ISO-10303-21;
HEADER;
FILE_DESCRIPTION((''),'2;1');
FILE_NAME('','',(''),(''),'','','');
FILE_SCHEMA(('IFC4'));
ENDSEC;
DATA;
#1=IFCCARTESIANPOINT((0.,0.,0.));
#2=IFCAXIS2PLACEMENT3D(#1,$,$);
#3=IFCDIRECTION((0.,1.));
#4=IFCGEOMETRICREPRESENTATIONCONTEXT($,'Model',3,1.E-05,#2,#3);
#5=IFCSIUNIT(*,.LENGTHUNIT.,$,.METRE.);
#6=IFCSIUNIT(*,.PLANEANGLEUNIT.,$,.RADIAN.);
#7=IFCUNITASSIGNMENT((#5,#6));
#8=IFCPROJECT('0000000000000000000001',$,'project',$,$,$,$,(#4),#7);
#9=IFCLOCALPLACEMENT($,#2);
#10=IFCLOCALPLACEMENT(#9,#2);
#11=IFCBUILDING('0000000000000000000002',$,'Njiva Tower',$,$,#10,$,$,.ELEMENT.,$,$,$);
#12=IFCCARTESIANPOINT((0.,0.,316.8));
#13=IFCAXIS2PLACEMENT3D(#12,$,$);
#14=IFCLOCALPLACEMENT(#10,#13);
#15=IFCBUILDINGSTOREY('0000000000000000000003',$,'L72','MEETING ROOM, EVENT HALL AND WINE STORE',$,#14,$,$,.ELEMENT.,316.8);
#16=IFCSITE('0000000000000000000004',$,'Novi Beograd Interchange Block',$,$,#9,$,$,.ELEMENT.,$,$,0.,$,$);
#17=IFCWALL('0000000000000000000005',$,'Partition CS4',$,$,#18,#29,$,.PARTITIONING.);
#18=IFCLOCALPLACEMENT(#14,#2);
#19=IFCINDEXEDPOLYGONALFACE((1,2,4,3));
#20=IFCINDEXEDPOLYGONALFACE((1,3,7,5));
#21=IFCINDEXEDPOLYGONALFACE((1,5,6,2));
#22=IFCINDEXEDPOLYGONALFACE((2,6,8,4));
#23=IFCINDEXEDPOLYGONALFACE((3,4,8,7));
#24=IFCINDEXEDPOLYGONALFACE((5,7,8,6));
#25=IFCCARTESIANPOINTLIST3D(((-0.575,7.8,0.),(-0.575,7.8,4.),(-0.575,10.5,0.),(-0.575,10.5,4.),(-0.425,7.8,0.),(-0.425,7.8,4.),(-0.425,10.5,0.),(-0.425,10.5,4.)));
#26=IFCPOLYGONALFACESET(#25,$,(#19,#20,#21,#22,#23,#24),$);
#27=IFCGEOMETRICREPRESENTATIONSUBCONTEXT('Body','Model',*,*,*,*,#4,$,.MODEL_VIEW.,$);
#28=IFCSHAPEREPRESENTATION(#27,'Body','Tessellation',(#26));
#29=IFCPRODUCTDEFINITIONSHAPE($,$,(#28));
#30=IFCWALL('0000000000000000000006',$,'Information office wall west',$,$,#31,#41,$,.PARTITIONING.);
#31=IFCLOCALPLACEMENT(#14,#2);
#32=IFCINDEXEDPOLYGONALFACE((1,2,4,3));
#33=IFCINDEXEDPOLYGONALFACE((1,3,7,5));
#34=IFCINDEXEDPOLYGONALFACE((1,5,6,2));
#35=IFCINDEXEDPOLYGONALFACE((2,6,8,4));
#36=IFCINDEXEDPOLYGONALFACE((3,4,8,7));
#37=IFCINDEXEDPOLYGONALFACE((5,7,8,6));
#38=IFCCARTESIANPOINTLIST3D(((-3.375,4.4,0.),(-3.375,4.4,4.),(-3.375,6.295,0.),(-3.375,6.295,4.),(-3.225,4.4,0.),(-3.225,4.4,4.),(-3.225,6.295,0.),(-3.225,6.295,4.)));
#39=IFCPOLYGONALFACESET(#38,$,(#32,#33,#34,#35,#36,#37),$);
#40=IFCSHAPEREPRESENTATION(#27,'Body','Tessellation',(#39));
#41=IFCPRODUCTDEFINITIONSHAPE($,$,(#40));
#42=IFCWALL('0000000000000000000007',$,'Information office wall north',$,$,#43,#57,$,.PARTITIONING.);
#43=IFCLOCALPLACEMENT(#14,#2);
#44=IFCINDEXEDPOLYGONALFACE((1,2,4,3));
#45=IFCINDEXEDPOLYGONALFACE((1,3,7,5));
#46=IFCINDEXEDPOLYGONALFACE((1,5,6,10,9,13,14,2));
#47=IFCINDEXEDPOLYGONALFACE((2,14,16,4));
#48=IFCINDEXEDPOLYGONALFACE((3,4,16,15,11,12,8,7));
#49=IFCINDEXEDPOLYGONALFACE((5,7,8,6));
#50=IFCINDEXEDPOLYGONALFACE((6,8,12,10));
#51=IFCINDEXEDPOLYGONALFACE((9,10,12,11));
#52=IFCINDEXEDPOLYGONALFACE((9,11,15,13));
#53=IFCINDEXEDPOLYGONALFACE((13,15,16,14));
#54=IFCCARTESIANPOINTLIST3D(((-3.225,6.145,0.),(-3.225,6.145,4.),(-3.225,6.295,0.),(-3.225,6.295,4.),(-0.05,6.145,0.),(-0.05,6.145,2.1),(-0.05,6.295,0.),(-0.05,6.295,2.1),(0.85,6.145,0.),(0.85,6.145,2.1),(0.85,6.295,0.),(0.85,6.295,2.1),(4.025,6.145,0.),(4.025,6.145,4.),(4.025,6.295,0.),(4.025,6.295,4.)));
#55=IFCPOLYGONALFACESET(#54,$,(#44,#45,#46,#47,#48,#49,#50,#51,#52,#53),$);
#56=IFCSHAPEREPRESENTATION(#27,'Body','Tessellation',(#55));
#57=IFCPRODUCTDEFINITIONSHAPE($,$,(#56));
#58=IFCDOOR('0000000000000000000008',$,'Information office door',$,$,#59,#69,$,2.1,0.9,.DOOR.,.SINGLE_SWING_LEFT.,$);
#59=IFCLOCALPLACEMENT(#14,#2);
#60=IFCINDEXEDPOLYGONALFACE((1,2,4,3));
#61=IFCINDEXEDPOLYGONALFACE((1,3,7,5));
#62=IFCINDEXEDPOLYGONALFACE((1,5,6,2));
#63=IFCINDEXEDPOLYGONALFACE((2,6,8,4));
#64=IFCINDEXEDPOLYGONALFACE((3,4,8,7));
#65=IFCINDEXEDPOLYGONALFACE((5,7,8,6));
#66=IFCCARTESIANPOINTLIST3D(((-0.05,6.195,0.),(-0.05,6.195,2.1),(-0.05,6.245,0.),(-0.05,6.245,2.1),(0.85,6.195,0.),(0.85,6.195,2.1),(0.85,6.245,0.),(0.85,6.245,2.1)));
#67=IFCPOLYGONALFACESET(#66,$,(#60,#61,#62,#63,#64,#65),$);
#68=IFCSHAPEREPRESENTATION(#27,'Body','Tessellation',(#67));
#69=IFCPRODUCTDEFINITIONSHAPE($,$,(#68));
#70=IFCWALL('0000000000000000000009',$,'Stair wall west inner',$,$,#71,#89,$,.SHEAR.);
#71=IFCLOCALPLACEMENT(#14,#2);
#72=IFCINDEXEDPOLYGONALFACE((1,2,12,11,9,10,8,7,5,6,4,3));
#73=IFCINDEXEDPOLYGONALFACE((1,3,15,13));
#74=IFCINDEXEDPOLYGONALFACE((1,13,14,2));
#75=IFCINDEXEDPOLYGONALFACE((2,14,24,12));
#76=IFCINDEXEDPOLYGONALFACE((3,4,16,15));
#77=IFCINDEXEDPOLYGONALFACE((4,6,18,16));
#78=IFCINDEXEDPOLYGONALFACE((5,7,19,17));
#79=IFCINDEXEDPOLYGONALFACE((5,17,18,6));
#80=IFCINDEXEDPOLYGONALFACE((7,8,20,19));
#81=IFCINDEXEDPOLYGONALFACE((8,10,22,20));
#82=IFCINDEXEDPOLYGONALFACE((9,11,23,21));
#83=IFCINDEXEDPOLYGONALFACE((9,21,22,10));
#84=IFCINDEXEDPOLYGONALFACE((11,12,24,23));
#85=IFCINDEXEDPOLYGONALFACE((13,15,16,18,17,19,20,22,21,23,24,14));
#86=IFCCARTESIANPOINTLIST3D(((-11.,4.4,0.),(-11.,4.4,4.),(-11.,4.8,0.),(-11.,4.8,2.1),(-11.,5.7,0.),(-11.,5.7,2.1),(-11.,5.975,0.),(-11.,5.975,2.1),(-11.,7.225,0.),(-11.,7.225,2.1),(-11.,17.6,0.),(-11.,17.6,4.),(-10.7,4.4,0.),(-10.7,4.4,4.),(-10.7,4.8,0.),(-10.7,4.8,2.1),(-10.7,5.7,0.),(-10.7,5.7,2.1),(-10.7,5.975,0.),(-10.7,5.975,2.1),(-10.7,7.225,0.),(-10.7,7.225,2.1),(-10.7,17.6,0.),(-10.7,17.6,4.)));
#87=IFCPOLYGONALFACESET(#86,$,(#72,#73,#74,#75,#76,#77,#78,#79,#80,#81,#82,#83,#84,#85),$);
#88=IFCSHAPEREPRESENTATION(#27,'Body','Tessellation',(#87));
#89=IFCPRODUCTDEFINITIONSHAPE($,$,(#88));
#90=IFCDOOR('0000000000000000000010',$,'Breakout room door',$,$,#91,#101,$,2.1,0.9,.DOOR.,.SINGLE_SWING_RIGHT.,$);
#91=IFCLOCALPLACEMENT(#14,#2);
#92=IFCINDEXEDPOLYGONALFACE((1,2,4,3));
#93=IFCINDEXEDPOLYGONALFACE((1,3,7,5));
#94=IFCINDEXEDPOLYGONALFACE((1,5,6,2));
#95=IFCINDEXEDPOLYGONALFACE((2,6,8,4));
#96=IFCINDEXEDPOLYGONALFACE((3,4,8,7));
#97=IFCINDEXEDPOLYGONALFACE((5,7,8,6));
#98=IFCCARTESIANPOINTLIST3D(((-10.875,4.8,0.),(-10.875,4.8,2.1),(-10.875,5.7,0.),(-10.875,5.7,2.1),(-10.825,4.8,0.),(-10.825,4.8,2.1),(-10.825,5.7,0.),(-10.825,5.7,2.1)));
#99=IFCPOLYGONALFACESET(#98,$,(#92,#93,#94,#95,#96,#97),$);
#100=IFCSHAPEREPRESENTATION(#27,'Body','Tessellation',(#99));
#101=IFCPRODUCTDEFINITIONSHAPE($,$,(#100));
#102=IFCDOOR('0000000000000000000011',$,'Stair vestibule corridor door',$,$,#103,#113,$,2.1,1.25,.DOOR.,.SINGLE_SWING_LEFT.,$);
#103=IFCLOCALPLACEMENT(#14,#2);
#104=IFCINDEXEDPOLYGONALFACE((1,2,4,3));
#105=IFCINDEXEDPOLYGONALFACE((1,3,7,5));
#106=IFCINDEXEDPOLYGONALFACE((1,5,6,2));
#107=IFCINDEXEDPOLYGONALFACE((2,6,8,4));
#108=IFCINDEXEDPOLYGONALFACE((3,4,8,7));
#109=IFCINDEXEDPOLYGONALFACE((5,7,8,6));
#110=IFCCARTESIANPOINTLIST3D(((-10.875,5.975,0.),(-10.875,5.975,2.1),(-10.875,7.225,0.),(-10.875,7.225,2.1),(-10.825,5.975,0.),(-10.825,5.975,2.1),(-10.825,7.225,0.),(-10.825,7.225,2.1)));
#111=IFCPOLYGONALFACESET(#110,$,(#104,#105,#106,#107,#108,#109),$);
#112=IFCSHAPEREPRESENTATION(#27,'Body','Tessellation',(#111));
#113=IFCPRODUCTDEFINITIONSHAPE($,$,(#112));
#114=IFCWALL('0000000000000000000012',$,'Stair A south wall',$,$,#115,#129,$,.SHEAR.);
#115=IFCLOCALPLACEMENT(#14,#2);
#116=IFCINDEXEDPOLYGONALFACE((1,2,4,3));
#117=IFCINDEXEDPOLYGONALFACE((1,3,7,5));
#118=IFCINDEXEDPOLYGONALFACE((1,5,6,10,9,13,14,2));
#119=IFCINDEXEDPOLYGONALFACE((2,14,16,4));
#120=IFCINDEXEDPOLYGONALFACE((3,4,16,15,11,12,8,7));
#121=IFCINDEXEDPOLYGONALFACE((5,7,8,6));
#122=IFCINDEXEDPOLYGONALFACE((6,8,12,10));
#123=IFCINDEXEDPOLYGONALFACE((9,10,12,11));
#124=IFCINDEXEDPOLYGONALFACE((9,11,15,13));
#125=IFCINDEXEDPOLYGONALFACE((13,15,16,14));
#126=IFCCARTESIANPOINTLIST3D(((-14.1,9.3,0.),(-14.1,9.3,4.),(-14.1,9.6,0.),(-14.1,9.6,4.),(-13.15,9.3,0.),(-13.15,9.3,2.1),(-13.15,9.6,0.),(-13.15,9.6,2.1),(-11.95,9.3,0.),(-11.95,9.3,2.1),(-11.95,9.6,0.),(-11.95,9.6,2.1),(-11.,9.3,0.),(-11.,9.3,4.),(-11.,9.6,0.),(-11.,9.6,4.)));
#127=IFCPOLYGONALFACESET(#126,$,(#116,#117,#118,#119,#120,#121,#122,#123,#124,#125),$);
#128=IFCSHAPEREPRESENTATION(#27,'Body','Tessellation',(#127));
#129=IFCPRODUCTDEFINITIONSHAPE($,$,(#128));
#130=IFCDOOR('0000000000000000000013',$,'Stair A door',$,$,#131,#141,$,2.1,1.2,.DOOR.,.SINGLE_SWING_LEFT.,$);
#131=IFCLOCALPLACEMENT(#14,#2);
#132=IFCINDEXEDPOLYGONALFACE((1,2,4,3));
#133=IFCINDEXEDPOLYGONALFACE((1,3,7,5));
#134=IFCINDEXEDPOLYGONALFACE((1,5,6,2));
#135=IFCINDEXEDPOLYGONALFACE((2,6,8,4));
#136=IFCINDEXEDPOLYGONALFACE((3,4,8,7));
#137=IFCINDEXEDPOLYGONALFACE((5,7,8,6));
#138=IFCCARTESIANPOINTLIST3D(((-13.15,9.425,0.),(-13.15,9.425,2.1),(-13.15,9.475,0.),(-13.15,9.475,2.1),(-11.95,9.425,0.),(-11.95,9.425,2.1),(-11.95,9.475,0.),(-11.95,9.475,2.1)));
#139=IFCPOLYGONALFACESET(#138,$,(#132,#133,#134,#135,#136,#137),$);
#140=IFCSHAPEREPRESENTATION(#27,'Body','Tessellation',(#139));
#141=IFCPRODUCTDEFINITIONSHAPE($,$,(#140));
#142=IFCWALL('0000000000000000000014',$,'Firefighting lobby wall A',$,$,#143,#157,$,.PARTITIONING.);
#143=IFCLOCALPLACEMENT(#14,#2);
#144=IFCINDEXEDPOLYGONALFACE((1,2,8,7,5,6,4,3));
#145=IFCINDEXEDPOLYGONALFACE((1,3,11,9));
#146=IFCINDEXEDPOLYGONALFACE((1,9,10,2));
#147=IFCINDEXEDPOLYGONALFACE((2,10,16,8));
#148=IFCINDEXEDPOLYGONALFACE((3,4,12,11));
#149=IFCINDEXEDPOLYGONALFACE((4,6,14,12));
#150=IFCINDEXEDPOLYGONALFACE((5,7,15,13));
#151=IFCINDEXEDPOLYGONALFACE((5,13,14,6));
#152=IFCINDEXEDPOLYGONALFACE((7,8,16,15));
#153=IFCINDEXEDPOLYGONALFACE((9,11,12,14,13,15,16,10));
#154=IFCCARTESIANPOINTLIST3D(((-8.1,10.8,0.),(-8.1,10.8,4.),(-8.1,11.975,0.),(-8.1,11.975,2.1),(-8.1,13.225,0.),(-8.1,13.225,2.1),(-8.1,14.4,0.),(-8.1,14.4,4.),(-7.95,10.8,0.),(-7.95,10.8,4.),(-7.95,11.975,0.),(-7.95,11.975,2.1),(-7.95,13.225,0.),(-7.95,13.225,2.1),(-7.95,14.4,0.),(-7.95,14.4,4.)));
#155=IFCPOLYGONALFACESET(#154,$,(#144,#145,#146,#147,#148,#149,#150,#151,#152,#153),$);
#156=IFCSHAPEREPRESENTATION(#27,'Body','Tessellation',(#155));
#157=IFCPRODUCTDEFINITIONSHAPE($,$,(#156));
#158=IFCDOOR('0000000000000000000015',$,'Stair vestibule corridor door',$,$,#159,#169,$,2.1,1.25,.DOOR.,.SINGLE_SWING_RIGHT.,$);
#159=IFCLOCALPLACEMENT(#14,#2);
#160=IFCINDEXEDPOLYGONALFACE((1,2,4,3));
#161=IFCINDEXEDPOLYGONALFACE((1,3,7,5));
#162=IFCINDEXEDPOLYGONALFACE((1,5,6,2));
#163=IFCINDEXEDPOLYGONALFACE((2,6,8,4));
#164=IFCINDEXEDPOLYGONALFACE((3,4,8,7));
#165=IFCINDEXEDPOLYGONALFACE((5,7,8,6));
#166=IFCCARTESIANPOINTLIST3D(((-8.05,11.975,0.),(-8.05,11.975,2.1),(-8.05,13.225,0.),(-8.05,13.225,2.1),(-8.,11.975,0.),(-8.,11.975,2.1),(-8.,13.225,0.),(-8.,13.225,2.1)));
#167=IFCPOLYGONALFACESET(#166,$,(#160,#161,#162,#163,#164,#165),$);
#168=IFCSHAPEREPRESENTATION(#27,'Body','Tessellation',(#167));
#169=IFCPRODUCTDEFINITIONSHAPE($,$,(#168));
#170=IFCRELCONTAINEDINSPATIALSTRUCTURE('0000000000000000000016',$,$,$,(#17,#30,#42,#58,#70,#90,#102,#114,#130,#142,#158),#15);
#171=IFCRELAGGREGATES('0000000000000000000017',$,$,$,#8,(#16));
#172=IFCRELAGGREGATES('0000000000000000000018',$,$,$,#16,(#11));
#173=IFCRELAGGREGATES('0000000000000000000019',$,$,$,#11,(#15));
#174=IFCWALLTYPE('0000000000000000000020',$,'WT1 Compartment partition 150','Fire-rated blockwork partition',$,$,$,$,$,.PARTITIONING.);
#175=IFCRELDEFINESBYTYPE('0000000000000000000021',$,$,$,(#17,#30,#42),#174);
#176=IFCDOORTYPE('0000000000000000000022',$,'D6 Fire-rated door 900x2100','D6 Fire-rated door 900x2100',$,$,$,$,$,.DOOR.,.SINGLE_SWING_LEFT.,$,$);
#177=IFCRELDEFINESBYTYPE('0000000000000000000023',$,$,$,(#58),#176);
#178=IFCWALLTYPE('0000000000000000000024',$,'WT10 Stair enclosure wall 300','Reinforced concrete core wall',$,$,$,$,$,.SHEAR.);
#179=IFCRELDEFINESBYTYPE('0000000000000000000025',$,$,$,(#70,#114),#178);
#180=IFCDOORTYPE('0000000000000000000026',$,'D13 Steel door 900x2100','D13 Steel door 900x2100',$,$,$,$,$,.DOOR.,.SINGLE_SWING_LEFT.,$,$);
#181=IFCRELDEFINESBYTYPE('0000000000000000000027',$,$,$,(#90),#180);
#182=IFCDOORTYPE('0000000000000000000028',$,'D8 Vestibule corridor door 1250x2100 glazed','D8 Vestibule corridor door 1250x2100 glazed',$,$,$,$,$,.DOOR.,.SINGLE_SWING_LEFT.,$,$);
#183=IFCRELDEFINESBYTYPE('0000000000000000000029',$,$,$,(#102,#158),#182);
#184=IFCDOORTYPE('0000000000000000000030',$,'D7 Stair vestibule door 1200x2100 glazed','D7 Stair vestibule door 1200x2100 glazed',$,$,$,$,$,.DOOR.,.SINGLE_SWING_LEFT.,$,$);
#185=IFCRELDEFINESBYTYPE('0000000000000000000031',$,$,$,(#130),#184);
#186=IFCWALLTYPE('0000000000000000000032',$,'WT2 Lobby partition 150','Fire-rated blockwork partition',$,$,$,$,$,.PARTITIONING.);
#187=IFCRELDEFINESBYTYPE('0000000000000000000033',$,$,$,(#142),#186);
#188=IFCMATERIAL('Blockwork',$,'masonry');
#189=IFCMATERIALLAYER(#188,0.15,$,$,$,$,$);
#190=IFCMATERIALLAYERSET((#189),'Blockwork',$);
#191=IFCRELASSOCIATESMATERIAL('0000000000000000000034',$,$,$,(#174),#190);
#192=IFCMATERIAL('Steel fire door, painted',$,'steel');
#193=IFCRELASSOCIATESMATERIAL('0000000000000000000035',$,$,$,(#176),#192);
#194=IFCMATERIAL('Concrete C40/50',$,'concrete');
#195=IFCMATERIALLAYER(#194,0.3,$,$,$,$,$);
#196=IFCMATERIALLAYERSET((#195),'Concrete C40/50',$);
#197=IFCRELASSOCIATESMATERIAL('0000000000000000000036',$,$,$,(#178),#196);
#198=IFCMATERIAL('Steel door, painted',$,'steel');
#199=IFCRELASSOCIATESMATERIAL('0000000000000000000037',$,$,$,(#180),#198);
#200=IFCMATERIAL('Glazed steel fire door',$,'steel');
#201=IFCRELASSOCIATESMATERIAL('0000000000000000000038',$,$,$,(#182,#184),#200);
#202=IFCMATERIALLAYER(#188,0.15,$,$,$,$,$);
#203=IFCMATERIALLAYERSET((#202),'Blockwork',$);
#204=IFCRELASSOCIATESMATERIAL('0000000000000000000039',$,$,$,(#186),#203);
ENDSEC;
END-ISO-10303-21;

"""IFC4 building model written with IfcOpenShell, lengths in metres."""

from ifc_helpers import new_model, si_unit, direction, frame, frame_2d, origin, place, context, subcontext, project, spatial, rectangle, extrude, material, layer, layer_set, type_object, element, fill, save


model = new_model("IFC4")

# Units and contexts
model_context = context("Model", 3, precision=1e-05, world=origin(), true_north=direction((0.0, 1.0)))
body_context = subcontext(model_context, "Body", "Model", "MODEL_VIEW")
ifc_project = project(units=[si_unit("LENGTHUNIT", "METRE"), si_unit("PLANEANGLEUNIT", "RADIAN")], contexts=[model_context])

# Site, building, storey
site_placement = place(None, origin())
site = spatial("IfcSite", under=ifc_project, at=site_placement, Name="Novi Beograd Interchange Block", CompositionType="ELEMENT", RefElevation=0.0)
building_placement = place(site_placement, origin())
building = spatial("IfcBuilding", under=site, at=building_placement, Name="Njiva Tower", CompositionType="ELEMENT")
storey_placement = place(building_placement, frame((0.0, 0.0, 316.8)))
storey = spatial("IfcBuildingStorey", under=building, at=storey_placement, Name="L72", Description="MEETING ROOM, EVENT HALL AND WINE STORE", CompositionType="ELEMENT", Elevation=316.8)

# Walls
ifc_material_1 = material(Name="Blockwork", Category="masonry")
ifc_layer_1 = layer(ifc_material_1, 0.15)
ifc_layer_set_1 = layer_set([ifc_layer_1], Name="Blockwork")
wall_type_1 = type_object("IfcWallType", Name="WT1 Compartment partition 150", Description="Fire-rated blockwork partition", PredefinedType="PARTITIONING", material=ifc_layer_set_1)
wall_1_placement = place(storey_placement, frame((-0.5, 7.8, 0.0), z_axis=(0.0, 0.0, 1.0), x_axis=(0.0, 1.0, 0.0)))
element("IfcWall", 1, at=wall_1_placement, inside=storey, type_object=wall_type_1, Name="Partition CS4", PredefinedType="PARTITIONING", context=body_context, shape_type="SweptSolid", body=[
    extrude(rectangle(XDim=2.7, YDim=0.15, at=frame_2d((1.35, 0.0))), origin(), (0.0, 0.0, 1.0), 4.0),
])
wall_2_placement = place(storey_placement, frame((-3.3, 4.4, 0.0), z_axis=(0.0, 0.0, 1.0), x_axis=(0.0, 1.0, 0.0)))
element("IfcWall", 2, at=wall_2_placement, inside=storey, type_object=wall_type_1, Name="Information office wall west", PredefinedType="PARTITIONING", context=body_context, shape_type="SweptSolid", body=[
    extrude(rectangle(XDim=1.895, YDim=0.15, at=frame_2d((0.9475, 0.0))), origin(), (0.0, 0.0, 1.0), 4.0),
])

# Wall, opening, door
wall_3_placement = place(storey_placement, frame((-3.225, 6.22, 0.0), z_axis=(0.0, 0.0, 1.0), x_axis=(1.0, 0.0, 0.0)))
wall_3 = element("IfcWall", 3, at=wall_3_placement, inside=storey, type_object=wall_type_1, Name="Information office wall north", PredefinedType="PARTITIONING", context=body_context, shape_type="SweptSolid", body=[
    extrude(rectangle(XDim=7.25, YDim=0.15, at=frame_2d((3.625, 0.0))), origin(), (0.0, 0.0, 1.0), 4.0),
])
opening_1_placement = place(wall_3_placement, frame((3.175, 0.0, 0.0)))
opening_1 = element("IfcOpeningElement", 4, at=opening_1_placement, cuts=wall_3, PredefinedType="OPENING", context=body_context, shape_type="SweptSolid", body=[
    extrude(rectangle(XDim=0.9, YDim=2.1, at=frame_2d((0.45, 1.05))), frame((0.0, 0.085, 0.0), z_axis=(0.0, -1.0, 0.0), x_axis=(1.0, 0.0, 0.0)), (0.0, 0.0, 1.0), 0.17),
])
ifc_material_2 = material(Name="Steel fire door, painted", Category="steel")
door_type_1 = type_object("IfcDoorType", Name="D6 Fire-rated door 900x2100", Description="D6 Fire-rated door 900x2100", OperationType="SINGLE_SWING_LEFT", PredefinedType="DOOR", material=ifc_material_2)
door_1_placement = place(opening_1_placement, origin())
door_1 = element("IfcDoor", 5, at=door_1_placement, inside=storey, type_object=door_type_1, Name="Information office door", OperationType="SINGLE_SWING_LEFT", OverallHeight=2.1, OverallWidth=0.9, PredefinedType="DOOR", context=body_context, shape_type="SweptSolid", body=[
    extrude(rectangle(XDim=0.9, YDim=2.1, at=frame_2d((0.45, 1.05))), frame((0.0, 0.025, 0.0), z_axis=(0.0, -1.0, 0.0), x_axis=(1.0, 0.0, 0.0)), (0.0, 0.0, 1.0), 0.05),
])
fill(opening_1, door_1)

# Wall, openings, doors
ifc_material_3 = material(Name="Concrete C40/50", Category="concrete")
ifc_layer_2 = layer(ifc_material_3, 0.3)
ifc_layer_set_2 = layer_set([ifc_layer_2], Name="Concrete C40/50")
wall_type_2 = type_object("IfcWallType", Name="WT10 Stair enclosure wall 300", Description="Reinforced concrete core wall", PredefinedType="SHEAR", material=ifc_layer_set_2)
wall_4_placement = place(storey_placement, frame((-10.85, 4.4, 0.0), z_axis=(0.0, 0.0, 1.0), x_axis=(0.0, 1.0, 0.0)))
wall_4 = element("IfcWall", 6, at=wall_4_placement, inside=storey, type_object=wall_type_2, Name="Stair wall west inner", PredefinedType="SHEAR", context=body_context, shape_type="SweptSolid", body=[
    extrude(rectangle(XDim=13.2, YDim=0.3, at=frame_2d((6.6, 0.0))), origin(), (0.0, 0.0, 1.0), 4.0),
])
opening_2_placement = place(wall_4_placement, frame((1.575, 0.0, 0.0)))
opening_2 = element("IfcOpeningElement", 7, at=opening_2_placement, cuts=wall_4, PredefinedType="OPENING", context=body_context, shape_type="SweptSolid", body=[
    extrude(rectangle(XDim=1.25, YDim=2.1, at=frame_2d((0.625, 1.05))), frame((0.0, 0.16, 0.0), z_axis=(0.0, -1.0, 0.0), x_axis=(1.0, 0.0, 0.0)), (0.0, 0.0, 1.0), 0.32),
])
opening_3_placement = place(wall_4_placement, frame((0.4, 0.0, 0.0)))
opening_3 = element("IfcOpeningElement", 8, at=opening_3_placement, cuts=wall_4, PredefinedType="OPENING", context=body_context, shape_type="SweptSolid", body=[
    extrude(rectangle(XDim=0.9, YDim=2.1, at=frame_2d((0.45, 1.05))), frame((0.0, 0.16, 0.0), z_axis=(0.0, -1.0, 0.0), x_axis=(1.0, 0.0, 0.0)), (0.0, 0.0, 1.0), 0.32),
])
ifc_material_4 = material(Name="Steel door, painted", Category="steel")
door_type_2 = type_object("IfcDoorType", Name="D13 Steel door 900x2100", Description="D13 Steel door 900x2100", OperationType="SINGLE_SWING_LEFT", PredefinedType="DOOR", material=ifc_material_4)
door_2_placement = place(opening_3_placement, origin())
door_2 = element("IfcDoor", 9, at=door_2_placement, inside=storey, type_object=door_type_2, Name="Breakout room door", OperationType="SINGLE_SWING_RIGHT", OverallHeight=2.1, OverallWidth=0.9, PredefinedType="DOOR", context=body_context, shape_type="SweptSolid", body=[
    extrude(rectangle(XDim=0.9, YDim=2.1, at=frame_2d((0.45, 1.05))), frame((0.0, 0.025, 0.0), z_axis=(0.0, -1.0, 0.0), x_axis=(1.0, 0.0, 0.0)), (0.0, 0.0, 1.0), 0.05),
])
fill(opening_3, door_2)
ifc_material_5 = material(Name="Glazed steel fire door", Category="steel")
door_type_3 = type_object("IfcDoorType", Name="D8 Vestibule corridor door 1250x2100 glazed", Description="D8 Vestibule corridor door 1250x2100 glazed", OperationType="SINGLE_SWING_LEFT", PredefinedType="DOOR", material=ifc_material_5)
door_3_placement = place(opening_2_placement, origin())
door_3 = element("IfcDoor", 10, at=door_3_placement, inside=storey, type_object=door_type_3, Name="Stair vestibule corridor door", OperationType="SINGLE_SWING_LEFT", OverallHeight=2.1, OverallWidth=1.25, PredefinedType="DOOR", context=body_context, shape_type="SweptSolid", body=[
    extrude(rectangle(XDim=1.25, YDim=2.1, at=frame_2d((0.625, 1.05))), frame((0.0, 0.025, 0.0), z_axis=(0.0, -1.0, 0.0), x_axis=(1.0, 0.0, 0.0)), (0.0, 0.0, 1.0), 0.05),
])
fill(opening_2, door_3)

# Walls, openings, doors
wall_5_placement = place(storey_placement, frame((-14.1, 9.45, 0.0), z_axis=(0.0, 0.0, 1.0), x_axis=(1.0, 0.0, 0.0)))
wall_5 = element("IfcWall", 11, at=wall_5_placement, inside=storey, type_object=wall_type_2, Name="Stair A south wall", PredefinedType="SHEAR", context=body_context, shape_type="SweptSolid", body=[
    extrude(rectangle(XDim=3.1, YDim=0.3, at=frame_2d((1.55, 0.0))), origin(), (0.0, 0.0, 1.0), 4.0),
])
opening_4_placement = place(wall_5_placement, frame((0.95, 0.0, 0.0)))
opening_4 = element("IfcOpeningElement", 12, at=opening_4_placement, cuts=wall_5, PredefinedType="OPENING", context=body_context, shape_type="SweptSolid", body=[
    extrude(rectangle(XDim=1.2, YDim=2.1, at=frame_2d((0.6, 1.05))), frame((0.0, 0.16, 0.0), z_axis=(0.0, -1.0, 0.0), x_axis=(1.0, 0.0, 0.0)), (0.0, 0.0, 1.0), 0.32),
])
door_type_4 = type_object("IfcDoorType", Name="D7 Stair vestibule door 1200x2100 glazed", Description="D7 Stair vestibule door 1200x2100 glazed", OperationType="SINGLE_SWING_LEFT", PredefinedType="DOOR", material=ifc_material_5)
door_4_placement = place(opening_4_placement, origin())
door_4 = element("IfcDoor", 13, at=door_4_placement, inside=storey, type_object=door_type_4, Name="Stair A door", OperationType="SINGLE_SWING_LEFT", OverallHeight=2.1, OverallWidth=1.2, PredefinedType="DOOR", context=body_context, shape_type="SweptSolid", body=[
    extrude(rectangle(XDim=1.2, YDim=2.1, at=frame_2d((0.6, 1.05))), frame((0.0, 0.025, 0.0), z_axis=(0.0, -1.0, 0.0), x_axis=(1.0, 0.0, 0.0)), (0.0, 0.0, 1.0), 0.05),
])
fill(opening_4, door_4)
ifc_layer_3 = layer(ifc_material_1, 0.15)
ifc_layer_set_3 = layer_set([ifc_layer_3], Name="Blockwork")
wall_type_3 = type_object("IfcWallType", Name="WT2 Lobby partition 150", Description="Fire-rated blockwork partition", PredefinedType="PARTITIONING", material=ifc_layer_set_3)
wall_6_placement = place(storey_placement, frame((-8.025, 10.8, 0.0), z_axis=(0.0, 0.0, 1.0), x_axis=(0.0, 1.0, 0.0)))
wall_6 = element("IfcWall", 14, at=wall_6_placement, inside=storey, type_object=wall_type_3, Name="Firefighting lobby wall A", PredefinedType="PARTITIONING", context=body_context, shape_type="SweptSolid", body=[
    extrude(rectangle(XDim=3.6, YDim=0.15, at=frame_2d((1.8, 0.0))), origin(), (0.0, 0.0, 1.0), 4.0),
])
opening_5_placement = place(wall_6_placement, frame((1.175, 0.0, 0.0)))
opening_5 = element("IfcOpeningElement", 15, at=opening_5_placement, cuts=wall_6, PredefinedType="OPENING", context=body_context, shape_type="SweptSolid", body=[
    extrude(rectangle(XDim=1.25, YDim=2.1, at=frame_2d((0.625, 1.05))), frame((0.0, 0.085, 0.0), z_axis=(0.0, -1.0, 0.0), x_axis=(1.0, 0.0, 0.0)), (0.0, 0.0, 1.0), 0.17),
])
door_5_placement = place(opening_5_placement, origin())
door_5 = element("IfcDoor", 16, at=door_5_placement, inside=storey, type_object=door_type_3, Name="Stair vestibule corridor door", OperationType="SINGLE_SWING_RIGHT", OverallHeight=2.1, OverallWidth=1.25, PredefinedType="DOOR", context=body_context, shape_type="SweptSolid", body=[
    extrude(rectangle(XDim=1.25, YDim=2.1, at=frame_2d((0.625, 1.05))), frame((0.0, 0.025, 0.0), z_axis=(0.0, -1.0, 0.0), x_axis=(1.0, 0.0, 0.0)), (0.0, 0.0, 1.0), 0.05),
])
fill(opening_5, door_5)

save(model, "model.ifc")
